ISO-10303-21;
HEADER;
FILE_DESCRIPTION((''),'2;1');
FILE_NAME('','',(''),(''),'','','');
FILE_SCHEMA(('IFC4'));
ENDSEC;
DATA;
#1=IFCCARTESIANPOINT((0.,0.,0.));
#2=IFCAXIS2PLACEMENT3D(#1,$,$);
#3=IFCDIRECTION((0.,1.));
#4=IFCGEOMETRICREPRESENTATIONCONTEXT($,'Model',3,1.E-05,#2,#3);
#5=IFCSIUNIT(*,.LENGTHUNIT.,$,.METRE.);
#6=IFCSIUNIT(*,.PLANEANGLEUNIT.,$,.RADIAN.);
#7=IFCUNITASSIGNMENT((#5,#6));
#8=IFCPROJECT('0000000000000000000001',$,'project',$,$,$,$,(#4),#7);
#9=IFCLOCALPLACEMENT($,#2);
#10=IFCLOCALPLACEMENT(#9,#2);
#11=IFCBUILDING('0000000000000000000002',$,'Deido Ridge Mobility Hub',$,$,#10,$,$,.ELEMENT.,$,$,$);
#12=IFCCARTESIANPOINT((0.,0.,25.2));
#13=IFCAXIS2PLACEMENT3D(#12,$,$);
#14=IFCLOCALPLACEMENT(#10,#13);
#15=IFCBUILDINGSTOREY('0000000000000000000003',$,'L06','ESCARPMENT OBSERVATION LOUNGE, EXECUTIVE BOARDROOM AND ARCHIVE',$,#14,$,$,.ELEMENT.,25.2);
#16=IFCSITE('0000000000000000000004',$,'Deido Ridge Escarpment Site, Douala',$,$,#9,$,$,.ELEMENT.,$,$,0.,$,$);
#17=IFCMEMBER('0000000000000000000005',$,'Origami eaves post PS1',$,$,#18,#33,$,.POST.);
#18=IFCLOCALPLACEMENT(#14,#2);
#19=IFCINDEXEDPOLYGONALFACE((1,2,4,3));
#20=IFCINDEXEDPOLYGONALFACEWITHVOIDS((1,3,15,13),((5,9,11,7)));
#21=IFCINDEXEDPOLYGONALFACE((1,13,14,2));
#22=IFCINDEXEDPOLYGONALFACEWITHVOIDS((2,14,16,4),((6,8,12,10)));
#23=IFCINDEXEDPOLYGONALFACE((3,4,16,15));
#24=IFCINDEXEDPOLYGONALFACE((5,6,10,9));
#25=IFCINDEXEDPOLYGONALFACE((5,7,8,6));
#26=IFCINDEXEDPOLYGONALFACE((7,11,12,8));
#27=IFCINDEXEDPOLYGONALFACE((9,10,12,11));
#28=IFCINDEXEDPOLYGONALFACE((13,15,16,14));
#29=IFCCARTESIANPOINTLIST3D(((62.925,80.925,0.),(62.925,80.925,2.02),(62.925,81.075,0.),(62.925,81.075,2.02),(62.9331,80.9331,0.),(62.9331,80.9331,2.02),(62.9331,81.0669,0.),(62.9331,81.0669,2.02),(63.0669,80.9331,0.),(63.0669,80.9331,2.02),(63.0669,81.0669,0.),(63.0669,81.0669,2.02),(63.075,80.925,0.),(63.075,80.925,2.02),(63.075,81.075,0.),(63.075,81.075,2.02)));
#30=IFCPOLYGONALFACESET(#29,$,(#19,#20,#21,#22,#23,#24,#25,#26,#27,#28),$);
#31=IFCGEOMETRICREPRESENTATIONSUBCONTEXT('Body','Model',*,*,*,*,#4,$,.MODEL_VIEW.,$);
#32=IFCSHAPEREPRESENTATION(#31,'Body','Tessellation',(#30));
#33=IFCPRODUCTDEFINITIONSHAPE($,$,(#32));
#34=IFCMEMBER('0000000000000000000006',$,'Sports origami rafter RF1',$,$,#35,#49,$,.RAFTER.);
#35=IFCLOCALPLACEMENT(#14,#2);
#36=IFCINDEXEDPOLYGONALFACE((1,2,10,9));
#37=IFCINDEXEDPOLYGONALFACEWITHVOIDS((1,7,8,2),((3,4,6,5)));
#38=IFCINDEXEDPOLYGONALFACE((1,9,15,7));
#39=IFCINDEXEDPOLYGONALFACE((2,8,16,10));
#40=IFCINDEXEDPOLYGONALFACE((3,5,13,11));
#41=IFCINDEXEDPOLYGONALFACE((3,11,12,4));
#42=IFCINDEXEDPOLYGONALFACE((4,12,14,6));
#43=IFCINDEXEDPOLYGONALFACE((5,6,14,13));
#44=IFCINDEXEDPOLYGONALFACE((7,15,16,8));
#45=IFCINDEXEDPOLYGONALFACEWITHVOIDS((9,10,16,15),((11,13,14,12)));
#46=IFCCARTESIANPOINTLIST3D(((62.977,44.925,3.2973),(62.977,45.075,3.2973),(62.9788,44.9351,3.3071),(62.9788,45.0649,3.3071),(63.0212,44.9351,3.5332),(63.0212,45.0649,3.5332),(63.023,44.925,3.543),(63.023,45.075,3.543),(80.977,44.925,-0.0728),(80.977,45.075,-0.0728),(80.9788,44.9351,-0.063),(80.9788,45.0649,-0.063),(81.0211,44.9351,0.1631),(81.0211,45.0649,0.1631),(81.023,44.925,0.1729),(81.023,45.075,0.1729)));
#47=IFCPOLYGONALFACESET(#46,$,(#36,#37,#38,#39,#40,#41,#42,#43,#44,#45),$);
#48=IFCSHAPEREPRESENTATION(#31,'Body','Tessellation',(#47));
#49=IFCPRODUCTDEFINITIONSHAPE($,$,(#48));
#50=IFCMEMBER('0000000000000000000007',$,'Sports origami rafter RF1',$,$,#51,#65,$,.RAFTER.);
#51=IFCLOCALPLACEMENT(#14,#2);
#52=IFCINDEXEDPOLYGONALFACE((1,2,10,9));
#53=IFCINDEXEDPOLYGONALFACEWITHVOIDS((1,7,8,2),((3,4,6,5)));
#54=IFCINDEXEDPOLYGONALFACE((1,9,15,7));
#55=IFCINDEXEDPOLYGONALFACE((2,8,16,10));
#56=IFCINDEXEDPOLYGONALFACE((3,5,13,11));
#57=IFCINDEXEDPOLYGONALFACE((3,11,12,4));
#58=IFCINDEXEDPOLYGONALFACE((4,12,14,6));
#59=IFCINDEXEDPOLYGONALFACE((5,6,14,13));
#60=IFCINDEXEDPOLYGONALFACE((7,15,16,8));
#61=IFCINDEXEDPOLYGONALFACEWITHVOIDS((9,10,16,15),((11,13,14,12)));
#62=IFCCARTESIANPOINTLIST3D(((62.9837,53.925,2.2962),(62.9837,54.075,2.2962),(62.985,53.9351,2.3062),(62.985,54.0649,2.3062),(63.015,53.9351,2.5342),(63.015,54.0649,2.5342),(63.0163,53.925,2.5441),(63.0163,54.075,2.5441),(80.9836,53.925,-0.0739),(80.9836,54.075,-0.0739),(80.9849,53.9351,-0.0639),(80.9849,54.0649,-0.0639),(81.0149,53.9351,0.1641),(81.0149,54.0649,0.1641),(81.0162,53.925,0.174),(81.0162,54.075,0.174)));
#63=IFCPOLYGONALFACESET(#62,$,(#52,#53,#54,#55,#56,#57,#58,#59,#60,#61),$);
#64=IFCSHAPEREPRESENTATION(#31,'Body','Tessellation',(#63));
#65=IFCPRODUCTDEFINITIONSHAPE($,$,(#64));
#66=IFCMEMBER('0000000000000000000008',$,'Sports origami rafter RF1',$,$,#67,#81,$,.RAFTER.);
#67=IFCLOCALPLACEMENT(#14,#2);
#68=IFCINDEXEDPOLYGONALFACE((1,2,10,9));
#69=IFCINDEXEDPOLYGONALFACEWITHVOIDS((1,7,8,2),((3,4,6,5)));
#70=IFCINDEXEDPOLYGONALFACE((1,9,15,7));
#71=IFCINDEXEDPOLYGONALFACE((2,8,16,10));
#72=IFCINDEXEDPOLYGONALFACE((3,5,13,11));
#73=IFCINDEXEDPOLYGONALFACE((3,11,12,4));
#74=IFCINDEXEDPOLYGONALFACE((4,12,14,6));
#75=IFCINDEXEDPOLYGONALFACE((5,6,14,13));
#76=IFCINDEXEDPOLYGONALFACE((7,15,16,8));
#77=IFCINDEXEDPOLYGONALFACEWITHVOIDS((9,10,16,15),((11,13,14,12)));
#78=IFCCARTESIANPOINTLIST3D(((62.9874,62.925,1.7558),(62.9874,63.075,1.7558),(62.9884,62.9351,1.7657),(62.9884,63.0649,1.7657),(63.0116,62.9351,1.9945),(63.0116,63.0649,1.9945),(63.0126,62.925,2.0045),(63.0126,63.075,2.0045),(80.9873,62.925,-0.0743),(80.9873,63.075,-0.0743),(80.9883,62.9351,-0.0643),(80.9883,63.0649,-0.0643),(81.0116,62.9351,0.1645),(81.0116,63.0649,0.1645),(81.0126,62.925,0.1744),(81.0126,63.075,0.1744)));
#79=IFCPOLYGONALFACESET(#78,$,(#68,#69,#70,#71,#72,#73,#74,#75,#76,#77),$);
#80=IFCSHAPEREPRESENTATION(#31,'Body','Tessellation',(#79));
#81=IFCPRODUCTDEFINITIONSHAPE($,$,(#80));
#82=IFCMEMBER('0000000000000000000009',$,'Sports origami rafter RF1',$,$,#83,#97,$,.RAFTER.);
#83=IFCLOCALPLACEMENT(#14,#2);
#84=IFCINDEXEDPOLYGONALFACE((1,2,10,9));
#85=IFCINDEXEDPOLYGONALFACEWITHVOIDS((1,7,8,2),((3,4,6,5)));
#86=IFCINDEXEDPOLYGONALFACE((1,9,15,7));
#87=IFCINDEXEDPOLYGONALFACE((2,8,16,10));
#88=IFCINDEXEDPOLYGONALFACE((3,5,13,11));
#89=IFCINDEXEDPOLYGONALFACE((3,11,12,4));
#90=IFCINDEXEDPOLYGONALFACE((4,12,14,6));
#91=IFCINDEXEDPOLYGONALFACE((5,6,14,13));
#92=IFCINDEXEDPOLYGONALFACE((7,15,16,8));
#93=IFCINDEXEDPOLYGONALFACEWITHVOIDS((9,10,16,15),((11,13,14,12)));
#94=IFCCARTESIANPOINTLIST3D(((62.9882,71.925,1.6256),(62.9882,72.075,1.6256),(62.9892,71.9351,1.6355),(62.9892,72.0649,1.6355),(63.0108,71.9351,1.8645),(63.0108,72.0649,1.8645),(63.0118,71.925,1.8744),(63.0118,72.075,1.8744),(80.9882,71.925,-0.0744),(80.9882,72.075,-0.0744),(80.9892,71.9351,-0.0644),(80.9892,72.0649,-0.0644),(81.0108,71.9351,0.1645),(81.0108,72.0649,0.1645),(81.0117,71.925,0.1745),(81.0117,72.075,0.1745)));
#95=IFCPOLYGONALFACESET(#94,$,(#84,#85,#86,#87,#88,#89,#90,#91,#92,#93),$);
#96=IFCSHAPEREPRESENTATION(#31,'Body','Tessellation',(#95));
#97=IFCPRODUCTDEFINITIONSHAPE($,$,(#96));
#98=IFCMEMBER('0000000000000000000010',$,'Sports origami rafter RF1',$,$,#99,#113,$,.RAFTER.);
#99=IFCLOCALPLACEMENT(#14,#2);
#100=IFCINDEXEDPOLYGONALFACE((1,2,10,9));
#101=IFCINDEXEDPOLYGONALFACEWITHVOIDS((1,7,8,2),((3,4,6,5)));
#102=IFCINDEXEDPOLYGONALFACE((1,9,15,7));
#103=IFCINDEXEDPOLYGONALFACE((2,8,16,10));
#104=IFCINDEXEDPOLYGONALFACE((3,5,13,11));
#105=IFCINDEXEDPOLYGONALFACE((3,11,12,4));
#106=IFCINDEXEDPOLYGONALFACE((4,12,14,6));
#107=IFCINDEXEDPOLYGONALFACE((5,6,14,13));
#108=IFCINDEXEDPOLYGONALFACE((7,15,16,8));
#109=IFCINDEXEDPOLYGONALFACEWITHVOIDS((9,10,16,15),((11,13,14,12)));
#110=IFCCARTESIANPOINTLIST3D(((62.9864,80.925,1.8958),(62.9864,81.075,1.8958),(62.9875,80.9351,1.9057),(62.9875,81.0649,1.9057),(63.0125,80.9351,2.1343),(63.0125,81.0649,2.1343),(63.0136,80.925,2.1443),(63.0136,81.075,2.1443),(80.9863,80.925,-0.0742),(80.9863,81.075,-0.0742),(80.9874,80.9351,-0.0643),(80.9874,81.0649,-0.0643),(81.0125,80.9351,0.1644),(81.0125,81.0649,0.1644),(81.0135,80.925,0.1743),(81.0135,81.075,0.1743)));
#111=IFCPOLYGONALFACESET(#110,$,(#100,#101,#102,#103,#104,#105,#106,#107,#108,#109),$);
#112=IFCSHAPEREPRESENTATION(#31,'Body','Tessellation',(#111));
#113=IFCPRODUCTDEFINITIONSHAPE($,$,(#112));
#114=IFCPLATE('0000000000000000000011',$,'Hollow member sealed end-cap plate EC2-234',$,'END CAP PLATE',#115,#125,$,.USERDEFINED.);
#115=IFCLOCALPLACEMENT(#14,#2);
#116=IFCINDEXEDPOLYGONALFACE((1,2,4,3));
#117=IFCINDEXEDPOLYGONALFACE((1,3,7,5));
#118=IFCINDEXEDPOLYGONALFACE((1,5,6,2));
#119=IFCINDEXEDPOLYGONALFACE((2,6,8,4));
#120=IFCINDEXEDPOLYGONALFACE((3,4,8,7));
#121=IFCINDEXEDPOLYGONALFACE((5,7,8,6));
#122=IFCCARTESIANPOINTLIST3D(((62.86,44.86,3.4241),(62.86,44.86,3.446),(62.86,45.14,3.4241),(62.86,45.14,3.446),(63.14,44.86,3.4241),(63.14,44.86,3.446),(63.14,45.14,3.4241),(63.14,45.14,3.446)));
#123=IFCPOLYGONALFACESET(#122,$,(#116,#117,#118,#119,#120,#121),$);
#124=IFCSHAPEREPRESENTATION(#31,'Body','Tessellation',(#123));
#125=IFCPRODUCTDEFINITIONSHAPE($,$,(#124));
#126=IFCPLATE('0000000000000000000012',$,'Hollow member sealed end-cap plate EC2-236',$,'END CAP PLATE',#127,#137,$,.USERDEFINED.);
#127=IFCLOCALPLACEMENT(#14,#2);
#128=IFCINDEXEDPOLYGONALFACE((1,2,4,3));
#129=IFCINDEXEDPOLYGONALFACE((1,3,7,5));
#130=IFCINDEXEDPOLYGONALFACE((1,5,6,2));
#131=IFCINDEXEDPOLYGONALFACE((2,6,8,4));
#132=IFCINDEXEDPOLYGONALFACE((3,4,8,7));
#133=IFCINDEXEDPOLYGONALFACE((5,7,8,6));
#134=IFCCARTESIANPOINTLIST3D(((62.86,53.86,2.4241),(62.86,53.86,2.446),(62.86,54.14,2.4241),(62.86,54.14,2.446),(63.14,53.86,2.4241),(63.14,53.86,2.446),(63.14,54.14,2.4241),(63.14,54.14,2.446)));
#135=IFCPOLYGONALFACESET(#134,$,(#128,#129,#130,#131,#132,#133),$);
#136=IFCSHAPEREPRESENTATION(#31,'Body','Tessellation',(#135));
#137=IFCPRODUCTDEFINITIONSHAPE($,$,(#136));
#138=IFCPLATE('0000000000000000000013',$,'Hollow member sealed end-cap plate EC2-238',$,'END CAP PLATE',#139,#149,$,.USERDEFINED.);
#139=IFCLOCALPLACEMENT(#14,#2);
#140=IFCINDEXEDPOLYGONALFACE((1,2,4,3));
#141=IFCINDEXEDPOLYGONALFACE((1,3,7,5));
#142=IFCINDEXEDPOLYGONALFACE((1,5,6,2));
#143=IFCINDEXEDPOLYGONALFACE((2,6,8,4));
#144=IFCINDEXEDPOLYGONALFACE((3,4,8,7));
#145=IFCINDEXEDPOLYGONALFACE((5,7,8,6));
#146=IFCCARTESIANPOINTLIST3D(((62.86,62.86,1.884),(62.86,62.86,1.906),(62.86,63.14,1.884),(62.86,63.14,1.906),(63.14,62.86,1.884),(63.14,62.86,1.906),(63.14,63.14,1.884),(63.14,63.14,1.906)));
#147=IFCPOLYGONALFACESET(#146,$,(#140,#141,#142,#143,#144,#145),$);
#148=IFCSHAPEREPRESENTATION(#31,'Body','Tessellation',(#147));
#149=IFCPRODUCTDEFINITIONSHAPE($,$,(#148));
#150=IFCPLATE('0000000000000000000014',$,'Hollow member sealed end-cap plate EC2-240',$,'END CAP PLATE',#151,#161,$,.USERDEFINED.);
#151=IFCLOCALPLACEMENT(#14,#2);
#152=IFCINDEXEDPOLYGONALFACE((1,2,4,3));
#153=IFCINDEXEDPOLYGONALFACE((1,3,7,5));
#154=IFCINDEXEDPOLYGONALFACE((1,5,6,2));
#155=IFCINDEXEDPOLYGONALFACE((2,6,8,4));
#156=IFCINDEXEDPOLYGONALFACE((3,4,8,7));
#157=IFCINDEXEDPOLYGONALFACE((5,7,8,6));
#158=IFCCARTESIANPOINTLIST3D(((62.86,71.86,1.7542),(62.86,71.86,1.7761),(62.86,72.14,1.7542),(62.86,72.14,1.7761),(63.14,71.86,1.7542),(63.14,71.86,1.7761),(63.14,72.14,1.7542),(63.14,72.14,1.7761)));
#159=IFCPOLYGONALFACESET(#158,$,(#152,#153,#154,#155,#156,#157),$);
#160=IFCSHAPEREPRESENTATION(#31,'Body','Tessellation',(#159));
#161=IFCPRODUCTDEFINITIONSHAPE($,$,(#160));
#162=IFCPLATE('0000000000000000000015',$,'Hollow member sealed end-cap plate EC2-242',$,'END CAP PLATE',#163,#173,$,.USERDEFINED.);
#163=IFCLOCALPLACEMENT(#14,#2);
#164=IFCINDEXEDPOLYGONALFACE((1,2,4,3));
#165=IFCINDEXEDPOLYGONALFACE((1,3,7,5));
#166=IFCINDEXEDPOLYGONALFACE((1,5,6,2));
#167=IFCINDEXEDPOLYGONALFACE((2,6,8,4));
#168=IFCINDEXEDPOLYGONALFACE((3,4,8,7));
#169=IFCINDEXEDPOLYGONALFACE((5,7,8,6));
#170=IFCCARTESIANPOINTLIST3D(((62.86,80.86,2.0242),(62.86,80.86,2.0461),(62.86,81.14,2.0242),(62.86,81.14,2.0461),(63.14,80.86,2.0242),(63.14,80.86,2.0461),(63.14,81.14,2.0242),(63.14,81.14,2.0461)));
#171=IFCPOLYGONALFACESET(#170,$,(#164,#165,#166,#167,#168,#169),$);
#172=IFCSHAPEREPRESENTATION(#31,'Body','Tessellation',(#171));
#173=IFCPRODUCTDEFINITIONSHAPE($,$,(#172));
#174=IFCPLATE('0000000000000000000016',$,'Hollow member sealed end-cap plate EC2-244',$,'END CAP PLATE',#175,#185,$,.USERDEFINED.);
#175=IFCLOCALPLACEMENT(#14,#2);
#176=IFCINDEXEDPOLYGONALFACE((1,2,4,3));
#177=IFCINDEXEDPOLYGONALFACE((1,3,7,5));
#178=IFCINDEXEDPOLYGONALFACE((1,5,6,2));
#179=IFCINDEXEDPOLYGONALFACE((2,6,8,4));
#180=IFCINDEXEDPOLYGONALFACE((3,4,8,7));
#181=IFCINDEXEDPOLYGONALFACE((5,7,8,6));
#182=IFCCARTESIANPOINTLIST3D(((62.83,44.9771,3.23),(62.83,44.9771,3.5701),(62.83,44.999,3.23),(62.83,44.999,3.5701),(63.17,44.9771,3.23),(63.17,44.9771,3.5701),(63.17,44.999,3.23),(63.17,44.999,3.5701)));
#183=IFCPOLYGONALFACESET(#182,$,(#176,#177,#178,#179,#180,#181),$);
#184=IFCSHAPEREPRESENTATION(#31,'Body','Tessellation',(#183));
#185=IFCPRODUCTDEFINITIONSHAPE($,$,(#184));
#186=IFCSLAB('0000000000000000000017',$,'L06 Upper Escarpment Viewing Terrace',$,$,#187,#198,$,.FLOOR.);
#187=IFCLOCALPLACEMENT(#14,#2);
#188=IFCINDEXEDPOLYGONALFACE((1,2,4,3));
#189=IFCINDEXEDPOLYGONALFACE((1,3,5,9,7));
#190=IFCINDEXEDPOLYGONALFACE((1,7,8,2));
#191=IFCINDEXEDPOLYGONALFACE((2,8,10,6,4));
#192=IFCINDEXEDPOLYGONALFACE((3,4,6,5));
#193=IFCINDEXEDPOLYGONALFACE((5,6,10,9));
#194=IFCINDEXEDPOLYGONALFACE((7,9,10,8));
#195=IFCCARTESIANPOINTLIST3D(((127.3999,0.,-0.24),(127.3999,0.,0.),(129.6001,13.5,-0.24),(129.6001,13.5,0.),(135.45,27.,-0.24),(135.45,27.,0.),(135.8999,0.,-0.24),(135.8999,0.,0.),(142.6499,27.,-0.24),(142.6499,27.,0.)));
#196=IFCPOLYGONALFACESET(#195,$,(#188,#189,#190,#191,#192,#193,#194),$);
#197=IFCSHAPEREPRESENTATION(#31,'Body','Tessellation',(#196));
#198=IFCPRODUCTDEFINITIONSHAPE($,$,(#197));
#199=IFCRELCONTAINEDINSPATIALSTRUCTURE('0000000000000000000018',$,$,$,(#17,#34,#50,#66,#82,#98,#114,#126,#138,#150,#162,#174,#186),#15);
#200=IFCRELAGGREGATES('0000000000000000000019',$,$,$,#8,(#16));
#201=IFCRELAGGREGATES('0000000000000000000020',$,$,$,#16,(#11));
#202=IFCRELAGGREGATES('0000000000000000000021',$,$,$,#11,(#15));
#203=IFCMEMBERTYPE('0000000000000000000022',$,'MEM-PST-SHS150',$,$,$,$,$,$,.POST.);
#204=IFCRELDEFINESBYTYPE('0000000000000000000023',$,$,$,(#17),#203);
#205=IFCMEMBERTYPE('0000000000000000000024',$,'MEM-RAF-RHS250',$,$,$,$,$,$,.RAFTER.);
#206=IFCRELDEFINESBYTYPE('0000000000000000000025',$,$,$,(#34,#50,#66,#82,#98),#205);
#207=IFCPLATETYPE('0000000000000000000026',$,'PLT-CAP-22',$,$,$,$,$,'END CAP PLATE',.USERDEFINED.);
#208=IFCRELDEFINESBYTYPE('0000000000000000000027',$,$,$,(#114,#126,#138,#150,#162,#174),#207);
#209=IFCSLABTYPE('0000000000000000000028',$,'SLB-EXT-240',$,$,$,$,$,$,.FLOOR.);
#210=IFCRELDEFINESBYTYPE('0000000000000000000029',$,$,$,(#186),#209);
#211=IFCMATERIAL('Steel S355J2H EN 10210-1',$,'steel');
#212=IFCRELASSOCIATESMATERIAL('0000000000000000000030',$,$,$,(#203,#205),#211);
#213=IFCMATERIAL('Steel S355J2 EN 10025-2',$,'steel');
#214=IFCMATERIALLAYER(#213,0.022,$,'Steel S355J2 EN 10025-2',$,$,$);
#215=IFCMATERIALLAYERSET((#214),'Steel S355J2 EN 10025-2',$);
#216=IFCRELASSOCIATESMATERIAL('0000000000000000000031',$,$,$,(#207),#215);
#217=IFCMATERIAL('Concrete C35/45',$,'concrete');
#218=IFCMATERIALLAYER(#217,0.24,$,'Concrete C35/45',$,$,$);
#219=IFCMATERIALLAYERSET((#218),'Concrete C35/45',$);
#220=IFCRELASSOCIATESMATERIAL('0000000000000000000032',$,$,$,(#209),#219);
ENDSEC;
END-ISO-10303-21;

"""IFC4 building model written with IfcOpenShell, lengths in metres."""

from ifc_helpers import new_model, si_unit, direction, frame, origin, origin_2d, place, context, subcontext, project, spatial, polyline, rectangle, hollow_rectangle, outline, extrude, material, layer, layer_set, material_profile, profile_set, type_object, element, save


model = new_model("IFC4")

# Units and contexts
model_context = context("Model", 3, precision=1e-05, world=origin(), true_north=direction((0.0, 1.0)))
body_context = subcontext(model_context, "Body", "Model", "MODEL_VIEW")
ifc_project = project(units=[si_unit("LENGTHUNIT", "METRE"), si_unit("PLANEANGLEUNIT", "RADIAN")], contexts=[model_context])

# Site, building, storey
site_placement = place(None, origin())
site = spatial("IfcSite", under=ifc_project, at=site_placement, Name="Deido Ridge Escarpment Site, Douala", CompositionType="ELEMENT", RefElevation=0.0)
building_placement = place(site_placement, origin())
building = spatial("IfcBuilding", under=site, at=building_placement, Name="Deido Ridge Mobility Hub", CompositionType="ELEMENT")
storey_placement = place(building_placement, frame((0.0, 0.0, 25.2)))
storey = spatial("IfcBuildingStorey", under=building, at=storey_placement, Name="L06", Description="ESCARPMENT OBSERVATION LOUNGE, EXECUTIVE BOARDROOM AND ARCHIVE", CompositionType="ELEMENT", Elevation=25.2)

# Members
ifc_material_1 = material(Name="Steel S355J2H EN 10210-1", Category="steel")
ifc_material_profile_1 = material_profile(ifc_material_1, hollow_rectangle(XDim=0.1499, YDim=0.1499, WallThickness=0.0081, at=origin_2d()), Name="SHS 150x150x8")
ifc_profile_set_1 = profile_set([ifc_material_profile_1], Name="Steel S355J2H EN 10210-1")
member_type_1 = type_object("IfcMemberType", Name="MEM-PST-SHS150", PredefinedType="POST", material=ifc_profile_set_1)
member_1_placement = place(storey_placement, frame((63.0, 81.0, 0.0), z_axis=(0.0, 0.0, 1.0), x_axis=(1.0, 0.0, 0.0)))
element("IfcMember", 1, at=member_1_placement, inside=storey, type_object=member_type_1, Name="Origami eaves post PS1", PredefinedType="POST", context=body_context, shape_type="SweptSolid", body=[
    extrude(hollow_rectangle(XDim=0.1499, YDim=0.1499, WallThickness=0.0081, at=origin_2d()), origin(), (0.0, 0.0, 1.0), 2.02),
])
ifc_material_profile_2 = material_profile(ifc_material_1, hollow_rectangle(XDim=0.1499, YDim=0.25, WallThickness=0.01, at=origin_2d()), Name="RHS 250x150x10")
ifc_profile_set_2 = profile_set([ifc_material_profile_2], Name="Steel S355J2H EN 10210-1")
member_type_2 = type_object("IfcMemberType", Name="MEM-RAF-RHS250", PredefinedType="RAFTER", material=ifc_profile_set_2)
member_2_placement = place(storey_placement, frame((63.0, 45.0, 3.4202), z_axis=(0.98292, 0.0, -0.184031), x_axis=(0.0, 1.0, 0.0)))
element("IfcMember", 2, at=member_2_placement, inside=storey, type_object=member_type_2, Name="Sports origami rafter RF1", PredefinedType="RAFTER", context=body_context, shape_type="SweptSolid", body=[
    extrude(hollow_rectangle(XDim=0.1499, YDim=0.25, WallThickness=0.01, at=origin_2d()), origin(), (0.0, 0.0, 1.0), 18.3127),
])
member_3_placement = place(storey_placement, frame((63.0, 54.0, 2.4202), z_axis=(0.991442, 0.0, -0.130546), x_axis=(0.0, 1.0, 0.0)))
element("IfcMember", 3, at=member_3_placement, inside=storey, type_object=member_type_2, Name="Sports origami rafter RF1", PredefinedType="RAFTER", context=body_context, shape_type="SweptSolid", body=[
    extrude(hollow_rectangle(XDim=0.1499, YDim=0.25, WallThickness=0.01, at=origin_2d()), origin(), (0.0, 0.0, 1.0), 18.1553),
])
member_4_placement = place(storey_placement, frame((63.0, 63.0, 1.8801), z_axis=(0.994871, 0.0, -0.10115), x_axis=(0.0, 1.0, 0.0)))
element("IfcMember", 4, at=member_4_placement, inside=storey, type_object=member_type_2, Name="Sports origami rafter RF1", PredefinedType="RAFTER", context=body_context, shape_type="SweptSolid", body=[
    extrude(hollow_rectangle(XDim=0.1499, YDim=0.25, WallThickness=0.01, at=origin_2d()), origin(), (0.0, 0.0, 1.0), 18.0928),
])
member_5_placement = place(storey_placement, frame((63.0, 72.0, 1.75), z_axis=(0.99557, 0.0, -0.094023), x_axis=(0.0, 1.0, 0.0)))
element("IfcMember", 5, at=member_5_placement, inside=storey, type_object=member_type_2, Name="Sports origami rafter RF1", PredefinedType="RAFTER", context=body_context, shape_type="SweptSolid", body=[
    extrude(hollow_rectangle(XDim=0.1499, YDim=0.25, WallThickness=0.01, at=origin_2d()), origin(), (0.0, 0.0, 1.0), 18.0801),
])
member_6_placement = place(storey_placement, frame((63.0, 81.0, 2.02), z_axis=(0.994064, 0.0, -0.108793), x_axis=(0.0, 1.0, 0.0)))
element("IfcMember", 6, at=member_6_placement, inside=storey, type_object=member_type_2, Name="Sports origami rafter RF1", PredefinedType="RAFTER", context=body_context, shape_type="SweptSolid", body=[
    extrude(hollow_rectangle(XDim=0.1499, YDim=0.25, WallThickness=0.01, at=origin_2d()), origin(), (0.0, 0.0, 1.0), 18.1074),
])

# Plates
ifc_material_2 = material(Name="Steel S355J2 EN 10025-2", Category="steel")
ifc_layer_1 = layer(ifc_material_2, 0.022, Name="Steel S355J2 EN 10025-2")
ifc_layer_set_1 = layer_set([ifc_layer_1], Name="Steel S355J2 EN 10025-2")
plate_type = type_object("IfcPlateType", Name="PLT-CAP-22", ElementType="END CAP PLATE", PredefinedType="USERDEFINED", material=ifc_layer_set_1)
for number, where, z_axis, x_axis, name in (
    (7, (63.0, 45.0, 3.4241), (0.0, 0.0, 1.0), (1.0, 0.0, 0.0), "Hollow member sealed end-cap plate EC2-234"),
    (8, (63.0, 54.0, 2.4241), (0.0, 0.0, 1.0), (1.0, 0.0, 0.0), "Hollow member sealed end-cap plate EC2-236"),
    (9, (63.0, 63.0, 1.884), (0.0, 0.0, 1.0), (1.0, 0.0, 0.0), "Hollow member sealed end-cap plate EC2-238"),
    (10, (63.0, 72.0, 1.7542), (0.0, 0.0, 1.0), (1.0, 0.0, 0.0), "Hollow member sealed end-cap plate EC2-240"),
    (11, (63.0, 81.0, 2.0242), (0.0, 0.0, 1.0), (1.0, 0.0, 0.0), "Hollow member sealed end-cap plate EC2-242"),
):
    element("IfcPlate", number, at=place(storey_placement, frame(where, z_axis=z_axis, x_axis=x_axis)), inside=storey, type_object=plate_type, Name=name, ObjectType="END CAP PLATE", PredefinedType="USERDEFINED", context=body_context, shape_type="SweptSolid", body=[
        extrude(rectangle(XDim=0.28, YDim=0.28, at=origin_2d()), origin(), (0.0, 0.0, 1.0), 0.022),
    ])
plate_placement = place(storey_placement, frame((63.0, 44.988, 3.23), z_axis=(0.0, 0.0, 1.0), x_axis=(1.0, 0.0, 0.0)))
element("IfcPlate", 12, at=plate_placement, inside=storey, type_object=plate_type, Name="Hollow member sealed end-cap plate EC2-244", ObjectType="END CAP PLATE", PredefinedType="USERDEFINED", context=body_context, shape_type="SweptSolid", body=[
    extrude(rectangle(XDim=0.3401, YDim=0.022, at=origin_2d()), origin(), (0.0, 0.0, 1.0), 0.3401),
])

# Slab
ifc_material_3 = material(Name="Concrete C35/45", Category="concrete")
ifc_layer_2 = layer(ifc_material_3, 0.24, Name="Concrete C35/45")
ifc_layer_set_2 = layer_set([ifc_layer_2], Name="Concrete C35/45")
slab_type_1 = type_object("IfcSlabType", Name="SLB-EXT-240", PredefinedType="FLOOR", material=ifc_layer_set_2)
slab_1_placement = place(storey_placement, frame((0.0, 0.0, -0.24)))
element("IfcSlab", 13, at=slab_1_placement, inside=storey, type_object=slab_type_1, Name="L06 Upper Escarpment Viewing Terrace", PredefinedType="FLOOR", context=body_context, shape_type="SweptSolid", body=[
    extrude(outline(polyline([(127.3999, 0.0), (135.8999, 0.0), (142.6499, 27.0), (135.45, 27.0), (129.6001, 13.5), (127.3999, 0.0)])), origin(), (0.0, 0.0, 1.0), 0.24),
])

save(model, "model.ifc")
